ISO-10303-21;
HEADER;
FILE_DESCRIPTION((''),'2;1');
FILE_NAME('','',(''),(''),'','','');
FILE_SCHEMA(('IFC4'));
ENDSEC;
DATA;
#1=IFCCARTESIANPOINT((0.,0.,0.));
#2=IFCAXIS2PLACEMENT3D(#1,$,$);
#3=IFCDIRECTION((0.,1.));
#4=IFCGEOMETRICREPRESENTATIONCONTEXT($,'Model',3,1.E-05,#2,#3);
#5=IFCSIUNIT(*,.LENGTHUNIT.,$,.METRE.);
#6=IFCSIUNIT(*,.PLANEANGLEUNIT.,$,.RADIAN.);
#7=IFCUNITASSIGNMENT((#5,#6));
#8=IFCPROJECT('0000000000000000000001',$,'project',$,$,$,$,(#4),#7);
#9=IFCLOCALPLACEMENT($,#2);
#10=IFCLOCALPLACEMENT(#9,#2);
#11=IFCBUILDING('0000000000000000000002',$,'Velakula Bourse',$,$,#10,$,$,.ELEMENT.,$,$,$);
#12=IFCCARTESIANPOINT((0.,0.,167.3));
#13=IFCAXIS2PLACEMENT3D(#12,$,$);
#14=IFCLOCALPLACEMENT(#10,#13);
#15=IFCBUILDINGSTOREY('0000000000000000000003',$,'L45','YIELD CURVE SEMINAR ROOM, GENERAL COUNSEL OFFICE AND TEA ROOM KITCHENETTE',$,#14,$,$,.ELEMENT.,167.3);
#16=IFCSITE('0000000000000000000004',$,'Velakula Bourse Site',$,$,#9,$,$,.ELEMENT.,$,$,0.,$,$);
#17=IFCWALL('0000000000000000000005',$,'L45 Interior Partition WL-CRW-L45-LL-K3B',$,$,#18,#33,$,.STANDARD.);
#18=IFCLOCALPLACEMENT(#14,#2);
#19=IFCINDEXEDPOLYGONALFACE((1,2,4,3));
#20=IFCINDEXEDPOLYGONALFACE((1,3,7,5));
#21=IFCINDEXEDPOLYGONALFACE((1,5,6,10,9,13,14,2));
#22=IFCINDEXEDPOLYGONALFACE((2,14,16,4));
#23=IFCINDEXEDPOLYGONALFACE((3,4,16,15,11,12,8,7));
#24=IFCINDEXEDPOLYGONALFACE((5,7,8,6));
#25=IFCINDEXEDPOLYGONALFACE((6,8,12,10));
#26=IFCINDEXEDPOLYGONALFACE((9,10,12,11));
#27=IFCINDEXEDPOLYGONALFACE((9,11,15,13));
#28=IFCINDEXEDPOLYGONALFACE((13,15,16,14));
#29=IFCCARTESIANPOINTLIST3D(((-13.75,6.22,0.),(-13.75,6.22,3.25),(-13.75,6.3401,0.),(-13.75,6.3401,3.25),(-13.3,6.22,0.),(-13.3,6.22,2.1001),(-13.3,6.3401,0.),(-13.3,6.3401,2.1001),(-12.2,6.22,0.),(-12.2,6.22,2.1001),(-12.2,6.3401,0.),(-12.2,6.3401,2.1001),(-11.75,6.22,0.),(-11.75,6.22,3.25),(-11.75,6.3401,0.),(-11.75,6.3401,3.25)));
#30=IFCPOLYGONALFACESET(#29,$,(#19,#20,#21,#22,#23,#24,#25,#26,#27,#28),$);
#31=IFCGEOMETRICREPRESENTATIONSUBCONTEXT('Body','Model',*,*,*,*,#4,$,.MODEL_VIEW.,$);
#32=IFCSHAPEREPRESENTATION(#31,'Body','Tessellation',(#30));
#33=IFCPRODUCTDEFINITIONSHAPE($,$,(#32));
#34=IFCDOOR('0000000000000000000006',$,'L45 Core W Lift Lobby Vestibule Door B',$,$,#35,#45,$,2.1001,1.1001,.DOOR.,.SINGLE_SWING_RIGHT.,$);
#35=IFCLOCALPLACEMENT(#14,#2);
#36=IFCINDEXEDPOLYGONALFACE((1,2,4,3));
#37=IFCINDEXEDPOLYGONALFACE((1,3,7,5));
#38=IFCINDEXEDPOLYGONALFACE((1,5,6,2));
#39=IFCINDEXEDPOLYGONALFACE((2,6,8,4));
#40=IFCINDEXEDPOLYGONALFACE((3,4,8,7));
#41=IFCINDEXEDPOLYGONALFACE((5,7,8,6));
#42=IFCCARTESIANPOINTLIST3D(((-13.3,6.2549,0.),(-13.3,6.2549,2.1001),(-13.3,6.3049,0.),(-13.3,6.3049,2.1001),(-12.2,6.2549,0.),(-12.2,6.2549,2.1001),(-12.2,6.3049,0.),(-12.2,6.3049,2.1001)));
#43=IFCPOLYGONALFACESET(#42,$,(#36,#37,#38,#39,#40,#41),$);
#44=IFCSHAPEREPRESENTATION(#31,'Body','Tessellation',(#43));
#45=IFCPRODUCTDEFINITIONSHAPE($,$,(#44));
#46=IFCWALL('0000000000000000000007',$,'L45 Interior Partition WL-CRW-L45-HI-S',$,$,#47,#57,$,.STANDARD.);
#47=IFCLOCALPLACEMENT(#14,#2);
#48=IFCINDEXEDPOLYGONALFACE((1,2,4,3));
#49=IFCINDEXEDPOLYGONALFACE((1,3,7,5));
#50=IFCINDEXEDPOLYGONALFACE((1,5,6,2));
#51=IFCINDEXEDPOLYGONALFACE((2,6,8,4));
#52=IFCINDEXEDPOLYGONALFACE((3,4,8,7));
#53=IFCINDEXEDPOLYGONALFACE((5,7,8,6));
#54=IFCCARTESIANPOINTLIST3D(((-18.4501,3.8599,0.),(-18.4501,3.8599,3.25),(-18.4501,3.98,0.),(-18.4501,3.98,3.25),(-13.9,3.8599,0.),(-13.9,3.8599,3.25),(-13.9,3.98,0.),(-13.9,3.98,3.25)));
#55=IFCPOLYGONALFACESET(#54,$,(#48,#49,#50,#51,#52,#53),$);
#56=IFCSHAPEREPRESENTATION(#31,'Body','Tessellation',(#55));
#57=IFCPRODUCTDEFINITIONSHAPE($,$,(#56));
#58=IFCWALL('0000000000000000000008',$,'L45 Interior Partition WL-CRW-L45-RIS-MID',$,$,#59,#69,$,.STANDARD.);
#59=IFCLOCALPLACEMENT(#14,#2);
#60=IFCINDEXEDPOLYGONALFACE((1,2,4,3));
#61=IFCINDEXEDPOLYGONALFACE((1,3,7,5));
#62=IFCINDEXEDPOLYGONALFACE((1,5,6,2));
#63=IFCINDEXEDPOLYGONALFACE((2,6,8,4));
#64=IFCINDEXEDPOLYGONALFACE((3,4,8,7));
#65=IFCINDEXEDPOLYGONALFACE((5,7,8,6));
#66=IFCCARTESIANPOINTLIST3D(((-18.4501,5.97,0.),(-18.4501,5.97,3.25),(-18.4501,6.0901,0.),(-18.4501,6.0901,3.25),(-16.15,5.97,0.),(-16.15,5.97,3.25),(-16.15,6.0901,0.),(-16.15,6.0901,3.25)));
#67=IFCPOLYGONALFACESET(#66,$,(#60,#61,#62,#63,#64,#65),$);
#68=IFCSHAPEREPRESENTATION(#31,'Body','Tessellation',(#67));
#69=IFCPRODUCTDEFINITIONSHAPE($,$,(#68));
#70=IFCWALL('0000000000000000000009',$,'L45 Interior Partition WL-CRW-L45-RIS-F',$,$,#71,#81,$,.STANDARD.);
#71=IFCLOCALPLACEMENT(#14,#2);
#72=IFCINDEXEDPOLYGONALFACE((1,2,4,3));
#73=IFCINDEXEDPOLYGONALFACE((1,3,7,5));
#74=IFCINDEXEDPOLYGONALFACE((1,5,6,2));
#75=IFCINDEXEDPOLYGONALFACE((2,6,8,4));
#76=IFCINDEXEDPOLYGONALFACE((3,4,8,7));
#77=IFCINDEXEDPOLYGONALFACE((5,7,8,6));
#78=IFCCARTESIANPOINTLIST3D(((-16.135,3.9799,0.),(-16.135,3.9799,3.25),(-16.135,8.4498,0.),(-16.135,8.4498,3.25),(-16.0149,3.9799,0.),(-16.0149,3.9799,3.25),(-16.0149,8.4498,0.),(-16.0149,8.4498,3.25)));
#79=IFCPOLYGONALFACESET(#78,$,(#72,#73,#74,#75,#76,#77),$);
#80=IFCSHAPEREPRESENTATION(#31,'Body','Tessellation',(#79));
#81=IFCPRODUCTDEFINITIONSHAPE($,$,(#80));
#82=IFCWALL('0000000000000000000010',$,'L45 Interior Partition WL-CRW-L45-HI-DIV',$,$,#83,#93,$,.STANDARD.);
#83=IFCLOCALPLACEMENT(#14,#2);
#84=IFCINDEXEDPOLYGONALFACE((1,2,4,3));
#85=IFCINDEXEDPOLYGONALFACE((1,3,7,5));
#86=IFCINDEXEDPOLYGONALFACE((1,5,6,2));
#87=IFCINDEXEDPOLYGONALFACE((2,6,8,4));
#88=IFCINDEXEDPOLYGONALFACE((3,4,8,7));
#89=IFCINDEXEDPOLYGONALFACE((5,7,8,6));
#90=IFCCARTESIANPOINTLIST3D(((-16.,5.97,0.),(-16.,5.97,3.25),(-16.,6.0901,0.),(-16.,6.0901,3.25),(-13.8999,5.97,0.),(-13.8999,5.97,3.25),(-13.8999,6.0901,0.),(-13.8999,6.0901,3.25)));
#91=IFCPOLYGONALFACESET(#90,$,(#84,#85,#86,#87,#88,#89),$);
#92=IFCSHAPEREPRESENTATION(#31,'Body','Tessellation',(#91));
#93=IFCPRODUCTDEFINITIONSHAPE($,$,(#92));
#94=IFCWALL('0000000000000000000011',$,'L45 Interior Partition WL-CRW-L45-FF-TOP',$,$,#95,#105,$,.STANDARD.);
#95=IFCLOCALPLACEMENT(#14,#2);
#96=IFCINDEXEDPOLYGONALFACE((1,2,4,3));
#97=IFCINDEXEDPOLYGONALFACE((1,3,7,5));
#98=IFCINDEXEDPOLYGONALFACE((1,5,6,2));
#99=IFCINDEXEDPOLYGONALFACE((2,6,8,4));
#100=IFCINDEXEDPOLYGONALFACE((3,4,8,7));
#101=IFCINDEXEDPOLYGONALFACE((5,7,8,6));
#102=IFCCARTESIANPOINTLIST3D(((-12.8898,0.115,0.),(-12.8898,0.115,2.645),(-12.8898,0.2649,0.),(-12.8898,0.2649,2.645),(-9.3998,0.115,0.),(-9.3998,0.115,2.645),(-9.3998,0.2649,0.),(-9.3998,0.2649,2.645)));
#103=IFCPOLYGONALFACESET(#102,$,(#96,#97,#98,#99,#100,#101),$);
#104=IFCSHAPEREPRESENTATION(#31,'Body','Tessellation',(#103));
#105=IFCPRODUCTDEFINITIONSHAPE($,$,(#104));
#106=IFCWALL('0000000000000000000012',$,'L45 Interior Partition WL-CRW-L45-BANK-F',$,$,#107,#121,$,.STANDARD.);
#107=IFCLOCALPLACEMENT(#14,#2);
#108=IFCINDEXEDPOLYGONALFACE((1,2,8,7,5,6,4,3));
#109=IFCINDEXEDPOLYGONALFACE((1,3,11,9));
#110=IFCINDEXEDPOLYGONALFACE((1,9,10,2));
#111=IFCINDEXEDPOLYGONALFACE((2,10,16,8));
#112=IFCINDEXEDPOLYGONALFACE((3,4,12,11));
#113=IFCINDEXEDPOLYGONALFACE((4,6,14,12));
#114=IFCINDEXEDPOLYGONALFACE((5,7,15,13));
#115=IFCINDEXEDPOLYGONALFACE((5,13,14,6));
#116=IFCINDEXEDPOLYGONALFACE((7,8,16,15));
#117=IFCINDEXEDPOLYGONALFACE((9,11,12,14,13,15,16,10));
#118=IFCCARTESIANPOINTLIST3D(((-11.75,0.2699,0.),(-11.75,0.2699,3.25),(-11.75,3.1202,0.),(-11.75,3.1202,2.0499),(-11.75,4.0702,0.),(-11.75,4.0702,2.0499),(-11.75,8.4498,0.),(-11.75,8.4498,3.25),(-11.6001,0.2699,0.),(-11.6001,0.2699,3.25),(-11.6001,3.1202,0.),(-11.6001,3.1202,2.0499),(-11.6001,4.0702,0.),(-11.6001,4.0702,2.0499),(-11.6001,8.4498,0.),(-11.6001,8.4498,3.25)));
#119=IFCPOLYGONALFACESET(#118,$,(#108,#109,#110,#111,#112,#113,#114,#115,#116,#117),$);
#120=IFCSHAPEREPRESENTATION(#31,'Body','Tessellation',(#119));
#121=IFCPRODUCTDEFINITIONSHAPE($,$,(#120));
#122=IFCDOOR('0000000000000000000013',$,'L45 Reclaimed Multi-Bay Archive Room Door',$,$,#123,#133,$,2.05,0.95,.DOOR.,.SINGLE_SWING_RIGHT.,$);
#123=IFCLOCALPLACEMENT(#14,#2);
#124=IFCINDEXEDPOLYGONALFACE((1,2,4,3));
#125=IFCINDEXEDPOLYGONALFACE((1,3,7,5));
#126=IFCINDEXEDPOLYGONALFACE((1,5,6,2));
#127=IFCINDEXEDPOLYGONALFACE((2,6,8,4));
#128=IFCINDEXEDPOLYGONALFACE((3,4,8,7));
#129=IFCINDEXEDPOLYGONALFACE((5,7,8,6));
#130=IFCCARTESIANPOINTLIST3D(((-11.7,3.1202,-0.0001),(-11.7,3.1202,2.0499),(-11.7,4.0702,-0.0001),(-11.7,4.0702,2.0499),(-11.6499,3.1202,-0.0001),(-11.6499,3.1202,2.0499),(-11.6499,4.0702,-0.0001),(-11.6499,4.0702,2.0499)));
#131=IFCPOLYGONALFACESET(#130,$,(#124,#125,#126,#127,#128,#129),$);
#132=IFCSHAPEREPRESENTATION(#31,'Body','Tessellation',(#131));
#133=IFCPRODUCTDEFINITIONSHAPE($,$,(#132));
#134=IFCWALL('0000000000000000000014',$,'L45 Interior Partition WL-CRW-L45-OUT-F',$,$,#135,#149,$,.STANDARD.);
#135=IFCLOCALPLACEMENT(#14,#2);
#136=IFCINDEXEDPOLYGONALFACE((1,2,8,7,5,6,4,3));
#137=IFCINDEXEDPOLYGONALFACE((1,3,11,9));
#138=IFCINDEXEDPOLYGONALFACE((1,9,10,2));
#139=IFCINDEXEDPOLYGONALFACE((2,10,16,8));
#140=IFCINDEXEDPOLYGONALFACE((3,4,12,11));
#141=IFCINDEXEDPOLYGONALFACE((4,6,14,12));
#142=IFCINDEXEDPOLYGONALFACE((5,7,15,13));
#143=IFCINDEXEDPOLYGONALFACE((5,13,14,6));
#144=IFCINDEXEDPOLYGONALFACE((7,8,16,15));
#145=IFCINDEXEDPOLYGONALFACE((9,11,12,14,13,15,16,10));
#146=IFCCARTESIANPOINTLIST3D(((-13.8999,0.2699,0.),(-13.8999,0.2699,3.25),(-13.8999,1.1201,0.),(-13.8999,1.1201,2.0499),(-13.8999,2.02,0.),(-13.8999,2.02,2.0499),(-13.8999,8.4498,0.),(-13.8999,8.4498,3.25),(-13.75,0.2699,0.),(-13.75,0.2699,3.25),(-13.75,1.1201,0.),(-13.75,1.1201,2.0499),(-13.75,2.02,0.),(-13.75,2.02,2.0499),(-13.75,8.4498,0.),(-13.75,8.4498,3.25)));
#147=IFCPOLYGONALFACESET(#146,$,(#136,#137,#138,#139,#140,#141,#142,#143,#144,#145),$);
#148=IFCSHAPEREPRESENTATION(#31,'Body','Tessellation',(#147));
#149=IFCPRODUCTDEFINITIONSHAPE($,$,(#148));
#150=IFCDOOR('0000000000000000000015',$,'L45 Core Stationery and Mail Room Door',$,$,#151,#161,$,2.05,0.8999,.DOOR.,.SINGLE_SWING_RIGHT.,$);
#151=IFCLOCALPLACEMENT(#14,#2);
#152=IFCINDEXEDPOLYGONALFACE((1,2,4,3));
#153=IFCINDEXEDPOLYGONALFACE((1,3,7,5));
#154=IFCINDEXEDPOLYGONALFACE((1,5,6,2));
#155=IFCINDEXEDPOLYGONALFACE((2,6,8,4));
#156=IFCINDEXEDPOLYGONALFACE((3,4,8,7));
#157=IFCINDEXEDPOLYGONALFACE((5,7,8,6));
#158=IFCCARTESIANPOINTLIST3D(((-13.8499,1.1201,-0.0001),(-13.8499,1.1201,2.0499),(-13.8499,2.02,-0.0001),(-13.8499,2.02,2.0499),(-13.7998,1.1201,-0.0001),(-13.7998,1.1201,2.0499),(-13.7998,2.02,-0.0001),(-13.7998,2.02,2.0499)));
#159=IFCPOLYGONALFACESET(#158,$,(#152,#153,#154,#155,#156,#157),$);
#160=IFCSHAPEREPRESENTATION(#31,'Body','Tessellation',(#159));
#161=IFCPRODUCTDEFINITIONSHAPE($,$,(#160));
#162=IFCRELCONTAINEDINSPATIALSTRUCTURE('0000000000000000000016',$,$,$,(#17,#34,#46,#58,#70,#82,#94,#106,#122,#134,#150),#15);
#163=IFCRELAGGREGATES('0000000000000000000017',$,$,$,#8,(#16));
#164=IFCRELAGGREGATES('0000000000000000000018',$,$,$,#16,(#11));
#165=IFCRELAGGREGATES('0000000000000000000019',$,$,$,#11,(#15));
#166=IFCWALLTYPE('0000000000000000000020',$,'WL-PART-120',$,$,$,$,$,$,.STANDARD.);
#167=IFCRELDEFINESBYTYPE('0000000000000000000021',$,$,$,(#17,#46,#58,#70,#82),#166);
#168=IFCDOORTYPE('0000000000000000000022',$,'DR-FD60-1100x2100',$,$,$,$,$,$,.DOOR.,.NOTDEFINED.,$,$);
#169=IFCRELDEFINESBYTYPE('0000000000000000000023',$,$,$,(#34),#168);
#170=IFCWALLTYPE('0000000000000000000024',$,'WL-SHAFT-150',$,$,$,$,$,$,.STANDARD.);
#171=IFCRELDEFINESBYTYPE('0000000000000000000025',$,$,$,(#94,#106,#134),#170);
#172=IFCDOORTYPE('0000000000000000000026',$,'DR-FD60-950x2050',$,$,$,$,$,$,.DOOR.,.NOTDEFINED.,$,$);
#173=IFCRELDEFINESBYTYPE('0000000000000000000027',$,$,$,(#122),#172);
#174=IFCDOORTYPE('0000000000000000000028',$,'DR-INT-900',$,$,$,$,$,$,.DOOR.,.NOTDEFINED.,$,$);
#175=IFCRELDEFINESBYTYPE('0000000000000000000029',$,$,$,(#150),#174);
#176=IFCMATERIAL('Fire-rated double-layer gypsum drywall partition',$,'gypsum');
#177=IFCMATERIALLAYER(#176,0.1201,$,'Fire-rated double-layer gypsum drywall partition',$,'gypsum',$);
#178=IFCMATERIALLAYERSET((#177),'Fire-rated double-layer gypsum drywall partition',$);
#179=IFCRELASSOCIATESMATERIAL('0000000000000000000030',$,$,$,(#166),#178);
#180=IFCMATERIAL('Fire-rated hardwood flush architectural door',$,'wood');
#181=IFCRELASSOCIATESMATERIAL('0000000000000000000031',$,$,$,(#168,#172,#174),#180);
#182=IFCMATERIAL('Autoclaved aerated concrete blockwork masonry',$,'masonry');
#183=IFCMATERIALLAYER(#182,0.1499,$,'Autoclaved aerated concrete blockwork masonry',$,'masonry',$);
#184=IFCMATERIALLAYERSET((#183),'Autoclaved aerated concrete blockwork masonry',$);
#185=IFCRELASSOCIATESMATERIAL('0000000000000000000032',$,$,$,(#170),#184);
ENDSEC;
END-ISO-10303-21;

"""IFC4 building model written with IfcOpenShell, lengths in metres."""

from ifc_helpers import new_model, si_unit, direction, frame, frame_2d, origin, place, context, subcontext, project, spatial, rectangle, extrude, material, layer, layer_set, type_object, element, fill, save


model = new_model("IFC4")

# Units and contexts
model_context = context("Model", 3, precision=1e-05, world=origin(), true_north=direction((0.0, 1.0)))
body_context = subcontext(model_context, "Body", "Model", "MODEL_VIEW")
ifc_project = project(units=[si_unit("LENGTHUNIT", "METRE"), si_unit("PLANEANGLEUNIT", "RADIAN")], contexts=[model_context])

# Site, building, storey
site_placement = place(None, origin())
site = spatial("IfcSite", under=ifc_project, at=site_placement, Name="Velakula Bourse Site", CompositionType="ELEMENT", RefElevation=0.0)
building_placement = place(site_placement, origin())
building = spatial("IfcBuilding", under=site, at=building_placement, Name="Velakula Bourse", CompositionType="ELEMENT")
storey_placement = place(building_placement, frame((0.0, 0.0, 167.3)))
storey = spatial("IfcBuildingStorey", under=building, at=storey_placement, Name="L45", Description="YIELD CURVE SEMINAR ROOM, GENERAL COUNSEL OFFICE AND TEA ROOM KITCHENETTE", CompositionType="ELEMENT", Elevation=167.3)

# Wall, opening, door
ifc_material_1 = material(Name="Fire-rated double-layer gypsum drywall partition", Category="gypsum")
ifc_layer_1 = layer(ifc_material_1, 0.1201, Name="Fire-rated double-layer gypsum drywall partition", Category="gypsum")
ifc_layer_set_1 = layer_set([ifc_layer_1], Name="Fire-rated double-layer gypsum drywall partition")
wall_type_1 = type_object("IfcWallType", Name="WL-PART-120", PredefinedType="STANDARD", material=ifc_layer_set_1)
ifc_material_2 = material(Name="Fire-rated hardwood flush architectural door", Category="wood")
door_type_1 = type_object("IfcDoorType", Name="DR-FD60-1100x2100", OperationType="NOTDEFINED", PredefinedType="DOOR", material=ifc_material_2)
wall_1_placement = place(storey_placement, frame((-13.75, 6.28, 0.0), z_axis=(0.0, 0.0, 1.0), x_axis=(1.0, 0.0, 0.0)))
wall_1 = element("IfcWall", 1, at=wall_1_placement, inside=storey, type_object=wall_type_1, Name="L45 Interior Partition WL-CRW-L45-LL-K3B", PredefinedType="STANDARD", context=body_context, shape_type="SweptSolid", body=[
    extrude(rectangle(XDim=2.0, YDim=0.1201, at=frame_2d((1.0, 0.0))), origin(), (0.0, 0.0, 1.0), 3.25),
])
opening_1_placement = place(wall_1_placement, frame((0.45, 0.0, 0.0)))
opening_1 = element("IfcOpeningElement", 2, at=opening_1_placement, cuts=wall_1, PredefinedType="OPENING", context=body_context, shape_type="SweptSolid", body=[
    extrude(rectangle(XDim=1.1001, YDim=2.1001, at=frame_2d((0.55, 1.05))), frame((0.0, 0.0701, 0.0), z_axis=(0.0, -1.0, 0.0), x_axis=(1.0, 0.0, 0.0)), (0.0, 0.0, 1.0), 0.1401),
])
door_1_placement = place(opening_1_placement, origin())
door_1 = element("IfcDoor", 3, at=door_1_placement, inside=storey, type_object=door_type_1, Name="L45 Core W Lift Lobby Vestibule Door B", OperationType="SINGLE_SWING_RIGHT", OverallHeight=2.1001, OverallWidth=1.1001, PredefinedType="DOOR", context=body_context, shape_type="SweptSolid", body=[
    extrude(rectangle(XDim=1.1001, YDim=2.1001, at=frame_2d((0.55, 1.05))), frame((0.0, 0.0249, 0.0), z_axis=(0.0, -1.0, 0.0), x_axis=(1.0, 0.0, 0.0)), (0.0, 0.0, 1.0), 0.05),
])
fill(opening_1, door_1)

# Walls
wall_2_placement = place(storey_placement, frame((-18.45, 3.9199, 0.0), z_axis=(0.0, 0.0, 1.0), x_axis=(1.0, 0.0, 0.0)))
element("IfcWall", 4, at=wall_2_placement, inside=storey, type_object=wall_type_1, Name="L45 Interior Partition WL-CRW-L45-HI-S", PredefinedType="STANDARD", context=body_context, shape_type="SweptSolid", body=[
    extrude(rectangle(XDim=4.55, YDim=0.1201, at=frame_2d((2.2749, 0.0))), origin(), (0.0, 0.0, 1.0), 3.25),
])
wall_3_placement = place(storey_placement, frame((-18.45, 6.03, 0.0), z_axis=(0.0, 0.0, 1.0), x_axis=(1.0, 0.0, 0.0)))
element("IfcWall", 5, at=wall_3_placement, inside=storey, type_object=wall_type_1, Name="L45 Interior Partition WL-CRW-L45-RIS-MID", PredefinedType="STANDARD", context=body_context, shape_type="SweptSolid", body=[
    extrude(rectangle(XDim=2.3, YDim=0.1201, at=frame_2d((1.1499, 0.0))), origin(), (0.0, 0.0, 1.0), 3.25),
])
wall_4_placement = place(storey_placement, frame((-16.075, 3.98, 0.0), z_axis=(0.0, 0.0, 1.0), x_axis=(0.0, 1.0, 0.0)))
element("IfcWall", 6, at=wall_4_placement, inside=storey, type_object=wall_type_1, Name="L45 Interior Partition WL-CRW-L45-RIS-F", PredefinedType="STANDARD", context=body_context, shape_type="SweptSolid", body=[
    extrude(rectangle(XDim=4.47, YDim=0.1201, at=frame_2d((2.2349, 0.0))), origin(), (0.0, 0.0, 1.0), 3.25),
])
wall_5_placement = place(storey_placement, frame((-16.0, 6.03, 0.0), z_axis=(0.0, 0.0, 1.0), x_axis=(1.0, 0.0, 0.0)))
element("IfcWall", 7, at=wall_5_placement, inside=storey, type_object=wall_type_1, Name="L45 Interior Partition WL-CRW-L45-HI-DIV", PredefinedType="STANDARD", context=body_context, shape_type="SweptSolid", body=[
    extrude(rectangle(XDim=2.1001, YDim=0.1201, at=frame_2d((1.05, 0.0))), origin(), (0.0, 0.0, 1.0), 3.25),
])
ifc_material_3 = material(Name="Autoclaved aerated concrete blockwork masonry", Category="masonry")
ifc_layer_2 = layer(ifc_material_3, 0.1499, Name="Autoclaved aerated concrete blockwork masonry", Category="masonry")
ifc_layer_set_2 = layer_set([ifc_layer_2], Name="Autoclaved aerated concrete blockwork masonry")
wall_type_2 = type_object("IfcWallType", Name="WL-SHAFT-150", PredefinedType="STANDARD", material=ifc_layer_set_2)
wall_6_placement = place(storey_placement, frame((-12.8899, 0.1899, 0.0), z_axis=(0.0, 0.0, 1.0), x_axis=(1.0, 0.0, 0.0)))
element("IfcWall", 8, at=wall_6_placement, inside=storey, type_object=wall_type_2, Name="L45 Interior Partition WL-CRW-L45-FF-TOP", PredefinedType="STANDARD", context=body_context, shape_type="SweptSolid", body=[
    extrude(rectangle(XDim=3.49, YDim=0.1499, at=frame_2d((1.7451, 0.0))), origin(), (0.0, 0.0, 1.0), 2.645),
])

# Walls, openings, doors
wall_7_placement = place(storey_placement, frame((-11.675, 0.27, 0.0), z_axis=(0.0, 0.0, 1.0), x_axis=(0.0, 1.0, 0.0)))
wall_7 = element("IfcWall", 9, at=wall_7_placement, inside=storey, type_object=wall_type_2, Name="L45 Interior Partition WL-CRW-L45-BANK-F", PredefinedType="STANDARD", context=body_context, shape_type="SweptSolid", body=[
    extrude(rectangle(XDim=8.1799, YDim=0.1499, at=frame_2d((4.0898, 0.0))), origin(), (0.0, 0.0, 1.0), 3.25),
])
opening_2_placement = place(wall_7_placement, frame((2.8501, 0.0, 0.0)))
opening_2 = element("IfcOpeningElement", 10, at=opening_2_placement, cuts=wall_7, PredefinedType="OPENING", context=body_context, shape_type="SweptSolid", body=[
    extrude(rectangle(XDim=0.95, YDim=2.05, at=frame_2d((0.4751, 1.0249))), frame((0.0, 0.085, 0.0), z_axis=(0.0, -1.0, 0.0), x_axis=(1.0, 0.0, 0.0)), (0.0, 0.0, 1.0), 0.1699),
])
door_type_2 = type_object("IfcDoorType", Name="DR-FD60-950x2050", OperationType="NOTDEFINED", PredefinedType="DOOR", material=ifc_material_2)
door_2_placement = place(opening_2_placement, origin())
door_2 = element("IfcDoor", 11, at=door_2_placement, inside=storey, type_object=door_type_2, Name="L45 Reclaimed Multi-Bay Archive Room Door", OperationType="SINGLE_SWING_RIGHT", OverallHeight=2.05, OverallWidth=0.95, PredefinedType="DOOR", context=body_context, shape_type="SweptSolid", body=[
    extrude(rectangle(XDim=0.95, YDim=2.05, at=frame_2d((0.4751, 1.0249))), frame((0.0, 0.0249, 0.0), z_axis=(0.0, -1.0, 0.0), x_axis=(1.0, 0.0, 0.0)), (0.0, 0.0, 1.0), 0.05),
])
fill(opening_2, door_2)
wall_8_placement = place(storey_placement, frame((-13.825, 0.27, 0.0), z_axis=(0.0, 0.0, 1.0), x_axis=(0.0, 1.0, 0.0)))
wall_8 = element("IfcWall", 12, at=wall_8_placement, inside=storey, type_object=wall_type_2, Name="L45 Interior Partition WL-CRW-L45-OUT-F", PredefinedType="STANDARD", context=body_context, shape_type="SweptSolid", body=[
    extrude(rectangle(XDim=8.1799, YDim=0.1499, at=frame_2d((4.0898, 0.0))), origin(), (0.0, 0.0, 1.0), 3.25),
])
opening_3_placement = place(wall_8_placement, frame((0.8501, 0.0, 0.0)))
opening_3 = element("IfcOpeningElement", 13, at=opening_3_placement, cuts=wall_8, PredefinedType="OPENING", context=body_context, shape_type="SweptSolid", body=[
    extrude(rectangle(XDim=0.8999, YDim=2.05, at=frame_2d((0.45, 1.0249))), frame((0.0, 0.085, 0.0), z_axis=(0.0, -1.0, 0.0), x_axis=(1.0, 0.0, 0.0)), (0.0, 0.0, 1.0), 0.1699),
])
door_type_3 = type_object("IfcDoorType", Name="DR-INT-900", OperationType="NOTDEFINED", PredefinedType="DOOR", material=ifc_material_2)
door_3_placement = place(opening_3_placement, origin())
door_3 = element("IfcDoor", 14, at=door_3_placement, inside=storey, type_object=door_type_3, Name="L45 Core Stationery and Mail Room Door", OperationType="SINGLE_SWING_RIGHT", OverallHeight=2.05, OverallWidth=0.8999, PredefinedType="DOOR", context=body_context, shape_type="SweptSolid", body=[
    extrude(rectangle(XDim=0.8999, YDim=2.05, at=frame_2d((0.45, 1.0249))), frame((0.0, 0.0249, 0.0), z_axis=(0.0, -1.0, 0.0), x_axis=(1.0, 0.0, 0.0)), (0.0, 0.0, 1.0), 0.05),
])
fill(opening_3, door_3)

save(model, "model.ifc")
